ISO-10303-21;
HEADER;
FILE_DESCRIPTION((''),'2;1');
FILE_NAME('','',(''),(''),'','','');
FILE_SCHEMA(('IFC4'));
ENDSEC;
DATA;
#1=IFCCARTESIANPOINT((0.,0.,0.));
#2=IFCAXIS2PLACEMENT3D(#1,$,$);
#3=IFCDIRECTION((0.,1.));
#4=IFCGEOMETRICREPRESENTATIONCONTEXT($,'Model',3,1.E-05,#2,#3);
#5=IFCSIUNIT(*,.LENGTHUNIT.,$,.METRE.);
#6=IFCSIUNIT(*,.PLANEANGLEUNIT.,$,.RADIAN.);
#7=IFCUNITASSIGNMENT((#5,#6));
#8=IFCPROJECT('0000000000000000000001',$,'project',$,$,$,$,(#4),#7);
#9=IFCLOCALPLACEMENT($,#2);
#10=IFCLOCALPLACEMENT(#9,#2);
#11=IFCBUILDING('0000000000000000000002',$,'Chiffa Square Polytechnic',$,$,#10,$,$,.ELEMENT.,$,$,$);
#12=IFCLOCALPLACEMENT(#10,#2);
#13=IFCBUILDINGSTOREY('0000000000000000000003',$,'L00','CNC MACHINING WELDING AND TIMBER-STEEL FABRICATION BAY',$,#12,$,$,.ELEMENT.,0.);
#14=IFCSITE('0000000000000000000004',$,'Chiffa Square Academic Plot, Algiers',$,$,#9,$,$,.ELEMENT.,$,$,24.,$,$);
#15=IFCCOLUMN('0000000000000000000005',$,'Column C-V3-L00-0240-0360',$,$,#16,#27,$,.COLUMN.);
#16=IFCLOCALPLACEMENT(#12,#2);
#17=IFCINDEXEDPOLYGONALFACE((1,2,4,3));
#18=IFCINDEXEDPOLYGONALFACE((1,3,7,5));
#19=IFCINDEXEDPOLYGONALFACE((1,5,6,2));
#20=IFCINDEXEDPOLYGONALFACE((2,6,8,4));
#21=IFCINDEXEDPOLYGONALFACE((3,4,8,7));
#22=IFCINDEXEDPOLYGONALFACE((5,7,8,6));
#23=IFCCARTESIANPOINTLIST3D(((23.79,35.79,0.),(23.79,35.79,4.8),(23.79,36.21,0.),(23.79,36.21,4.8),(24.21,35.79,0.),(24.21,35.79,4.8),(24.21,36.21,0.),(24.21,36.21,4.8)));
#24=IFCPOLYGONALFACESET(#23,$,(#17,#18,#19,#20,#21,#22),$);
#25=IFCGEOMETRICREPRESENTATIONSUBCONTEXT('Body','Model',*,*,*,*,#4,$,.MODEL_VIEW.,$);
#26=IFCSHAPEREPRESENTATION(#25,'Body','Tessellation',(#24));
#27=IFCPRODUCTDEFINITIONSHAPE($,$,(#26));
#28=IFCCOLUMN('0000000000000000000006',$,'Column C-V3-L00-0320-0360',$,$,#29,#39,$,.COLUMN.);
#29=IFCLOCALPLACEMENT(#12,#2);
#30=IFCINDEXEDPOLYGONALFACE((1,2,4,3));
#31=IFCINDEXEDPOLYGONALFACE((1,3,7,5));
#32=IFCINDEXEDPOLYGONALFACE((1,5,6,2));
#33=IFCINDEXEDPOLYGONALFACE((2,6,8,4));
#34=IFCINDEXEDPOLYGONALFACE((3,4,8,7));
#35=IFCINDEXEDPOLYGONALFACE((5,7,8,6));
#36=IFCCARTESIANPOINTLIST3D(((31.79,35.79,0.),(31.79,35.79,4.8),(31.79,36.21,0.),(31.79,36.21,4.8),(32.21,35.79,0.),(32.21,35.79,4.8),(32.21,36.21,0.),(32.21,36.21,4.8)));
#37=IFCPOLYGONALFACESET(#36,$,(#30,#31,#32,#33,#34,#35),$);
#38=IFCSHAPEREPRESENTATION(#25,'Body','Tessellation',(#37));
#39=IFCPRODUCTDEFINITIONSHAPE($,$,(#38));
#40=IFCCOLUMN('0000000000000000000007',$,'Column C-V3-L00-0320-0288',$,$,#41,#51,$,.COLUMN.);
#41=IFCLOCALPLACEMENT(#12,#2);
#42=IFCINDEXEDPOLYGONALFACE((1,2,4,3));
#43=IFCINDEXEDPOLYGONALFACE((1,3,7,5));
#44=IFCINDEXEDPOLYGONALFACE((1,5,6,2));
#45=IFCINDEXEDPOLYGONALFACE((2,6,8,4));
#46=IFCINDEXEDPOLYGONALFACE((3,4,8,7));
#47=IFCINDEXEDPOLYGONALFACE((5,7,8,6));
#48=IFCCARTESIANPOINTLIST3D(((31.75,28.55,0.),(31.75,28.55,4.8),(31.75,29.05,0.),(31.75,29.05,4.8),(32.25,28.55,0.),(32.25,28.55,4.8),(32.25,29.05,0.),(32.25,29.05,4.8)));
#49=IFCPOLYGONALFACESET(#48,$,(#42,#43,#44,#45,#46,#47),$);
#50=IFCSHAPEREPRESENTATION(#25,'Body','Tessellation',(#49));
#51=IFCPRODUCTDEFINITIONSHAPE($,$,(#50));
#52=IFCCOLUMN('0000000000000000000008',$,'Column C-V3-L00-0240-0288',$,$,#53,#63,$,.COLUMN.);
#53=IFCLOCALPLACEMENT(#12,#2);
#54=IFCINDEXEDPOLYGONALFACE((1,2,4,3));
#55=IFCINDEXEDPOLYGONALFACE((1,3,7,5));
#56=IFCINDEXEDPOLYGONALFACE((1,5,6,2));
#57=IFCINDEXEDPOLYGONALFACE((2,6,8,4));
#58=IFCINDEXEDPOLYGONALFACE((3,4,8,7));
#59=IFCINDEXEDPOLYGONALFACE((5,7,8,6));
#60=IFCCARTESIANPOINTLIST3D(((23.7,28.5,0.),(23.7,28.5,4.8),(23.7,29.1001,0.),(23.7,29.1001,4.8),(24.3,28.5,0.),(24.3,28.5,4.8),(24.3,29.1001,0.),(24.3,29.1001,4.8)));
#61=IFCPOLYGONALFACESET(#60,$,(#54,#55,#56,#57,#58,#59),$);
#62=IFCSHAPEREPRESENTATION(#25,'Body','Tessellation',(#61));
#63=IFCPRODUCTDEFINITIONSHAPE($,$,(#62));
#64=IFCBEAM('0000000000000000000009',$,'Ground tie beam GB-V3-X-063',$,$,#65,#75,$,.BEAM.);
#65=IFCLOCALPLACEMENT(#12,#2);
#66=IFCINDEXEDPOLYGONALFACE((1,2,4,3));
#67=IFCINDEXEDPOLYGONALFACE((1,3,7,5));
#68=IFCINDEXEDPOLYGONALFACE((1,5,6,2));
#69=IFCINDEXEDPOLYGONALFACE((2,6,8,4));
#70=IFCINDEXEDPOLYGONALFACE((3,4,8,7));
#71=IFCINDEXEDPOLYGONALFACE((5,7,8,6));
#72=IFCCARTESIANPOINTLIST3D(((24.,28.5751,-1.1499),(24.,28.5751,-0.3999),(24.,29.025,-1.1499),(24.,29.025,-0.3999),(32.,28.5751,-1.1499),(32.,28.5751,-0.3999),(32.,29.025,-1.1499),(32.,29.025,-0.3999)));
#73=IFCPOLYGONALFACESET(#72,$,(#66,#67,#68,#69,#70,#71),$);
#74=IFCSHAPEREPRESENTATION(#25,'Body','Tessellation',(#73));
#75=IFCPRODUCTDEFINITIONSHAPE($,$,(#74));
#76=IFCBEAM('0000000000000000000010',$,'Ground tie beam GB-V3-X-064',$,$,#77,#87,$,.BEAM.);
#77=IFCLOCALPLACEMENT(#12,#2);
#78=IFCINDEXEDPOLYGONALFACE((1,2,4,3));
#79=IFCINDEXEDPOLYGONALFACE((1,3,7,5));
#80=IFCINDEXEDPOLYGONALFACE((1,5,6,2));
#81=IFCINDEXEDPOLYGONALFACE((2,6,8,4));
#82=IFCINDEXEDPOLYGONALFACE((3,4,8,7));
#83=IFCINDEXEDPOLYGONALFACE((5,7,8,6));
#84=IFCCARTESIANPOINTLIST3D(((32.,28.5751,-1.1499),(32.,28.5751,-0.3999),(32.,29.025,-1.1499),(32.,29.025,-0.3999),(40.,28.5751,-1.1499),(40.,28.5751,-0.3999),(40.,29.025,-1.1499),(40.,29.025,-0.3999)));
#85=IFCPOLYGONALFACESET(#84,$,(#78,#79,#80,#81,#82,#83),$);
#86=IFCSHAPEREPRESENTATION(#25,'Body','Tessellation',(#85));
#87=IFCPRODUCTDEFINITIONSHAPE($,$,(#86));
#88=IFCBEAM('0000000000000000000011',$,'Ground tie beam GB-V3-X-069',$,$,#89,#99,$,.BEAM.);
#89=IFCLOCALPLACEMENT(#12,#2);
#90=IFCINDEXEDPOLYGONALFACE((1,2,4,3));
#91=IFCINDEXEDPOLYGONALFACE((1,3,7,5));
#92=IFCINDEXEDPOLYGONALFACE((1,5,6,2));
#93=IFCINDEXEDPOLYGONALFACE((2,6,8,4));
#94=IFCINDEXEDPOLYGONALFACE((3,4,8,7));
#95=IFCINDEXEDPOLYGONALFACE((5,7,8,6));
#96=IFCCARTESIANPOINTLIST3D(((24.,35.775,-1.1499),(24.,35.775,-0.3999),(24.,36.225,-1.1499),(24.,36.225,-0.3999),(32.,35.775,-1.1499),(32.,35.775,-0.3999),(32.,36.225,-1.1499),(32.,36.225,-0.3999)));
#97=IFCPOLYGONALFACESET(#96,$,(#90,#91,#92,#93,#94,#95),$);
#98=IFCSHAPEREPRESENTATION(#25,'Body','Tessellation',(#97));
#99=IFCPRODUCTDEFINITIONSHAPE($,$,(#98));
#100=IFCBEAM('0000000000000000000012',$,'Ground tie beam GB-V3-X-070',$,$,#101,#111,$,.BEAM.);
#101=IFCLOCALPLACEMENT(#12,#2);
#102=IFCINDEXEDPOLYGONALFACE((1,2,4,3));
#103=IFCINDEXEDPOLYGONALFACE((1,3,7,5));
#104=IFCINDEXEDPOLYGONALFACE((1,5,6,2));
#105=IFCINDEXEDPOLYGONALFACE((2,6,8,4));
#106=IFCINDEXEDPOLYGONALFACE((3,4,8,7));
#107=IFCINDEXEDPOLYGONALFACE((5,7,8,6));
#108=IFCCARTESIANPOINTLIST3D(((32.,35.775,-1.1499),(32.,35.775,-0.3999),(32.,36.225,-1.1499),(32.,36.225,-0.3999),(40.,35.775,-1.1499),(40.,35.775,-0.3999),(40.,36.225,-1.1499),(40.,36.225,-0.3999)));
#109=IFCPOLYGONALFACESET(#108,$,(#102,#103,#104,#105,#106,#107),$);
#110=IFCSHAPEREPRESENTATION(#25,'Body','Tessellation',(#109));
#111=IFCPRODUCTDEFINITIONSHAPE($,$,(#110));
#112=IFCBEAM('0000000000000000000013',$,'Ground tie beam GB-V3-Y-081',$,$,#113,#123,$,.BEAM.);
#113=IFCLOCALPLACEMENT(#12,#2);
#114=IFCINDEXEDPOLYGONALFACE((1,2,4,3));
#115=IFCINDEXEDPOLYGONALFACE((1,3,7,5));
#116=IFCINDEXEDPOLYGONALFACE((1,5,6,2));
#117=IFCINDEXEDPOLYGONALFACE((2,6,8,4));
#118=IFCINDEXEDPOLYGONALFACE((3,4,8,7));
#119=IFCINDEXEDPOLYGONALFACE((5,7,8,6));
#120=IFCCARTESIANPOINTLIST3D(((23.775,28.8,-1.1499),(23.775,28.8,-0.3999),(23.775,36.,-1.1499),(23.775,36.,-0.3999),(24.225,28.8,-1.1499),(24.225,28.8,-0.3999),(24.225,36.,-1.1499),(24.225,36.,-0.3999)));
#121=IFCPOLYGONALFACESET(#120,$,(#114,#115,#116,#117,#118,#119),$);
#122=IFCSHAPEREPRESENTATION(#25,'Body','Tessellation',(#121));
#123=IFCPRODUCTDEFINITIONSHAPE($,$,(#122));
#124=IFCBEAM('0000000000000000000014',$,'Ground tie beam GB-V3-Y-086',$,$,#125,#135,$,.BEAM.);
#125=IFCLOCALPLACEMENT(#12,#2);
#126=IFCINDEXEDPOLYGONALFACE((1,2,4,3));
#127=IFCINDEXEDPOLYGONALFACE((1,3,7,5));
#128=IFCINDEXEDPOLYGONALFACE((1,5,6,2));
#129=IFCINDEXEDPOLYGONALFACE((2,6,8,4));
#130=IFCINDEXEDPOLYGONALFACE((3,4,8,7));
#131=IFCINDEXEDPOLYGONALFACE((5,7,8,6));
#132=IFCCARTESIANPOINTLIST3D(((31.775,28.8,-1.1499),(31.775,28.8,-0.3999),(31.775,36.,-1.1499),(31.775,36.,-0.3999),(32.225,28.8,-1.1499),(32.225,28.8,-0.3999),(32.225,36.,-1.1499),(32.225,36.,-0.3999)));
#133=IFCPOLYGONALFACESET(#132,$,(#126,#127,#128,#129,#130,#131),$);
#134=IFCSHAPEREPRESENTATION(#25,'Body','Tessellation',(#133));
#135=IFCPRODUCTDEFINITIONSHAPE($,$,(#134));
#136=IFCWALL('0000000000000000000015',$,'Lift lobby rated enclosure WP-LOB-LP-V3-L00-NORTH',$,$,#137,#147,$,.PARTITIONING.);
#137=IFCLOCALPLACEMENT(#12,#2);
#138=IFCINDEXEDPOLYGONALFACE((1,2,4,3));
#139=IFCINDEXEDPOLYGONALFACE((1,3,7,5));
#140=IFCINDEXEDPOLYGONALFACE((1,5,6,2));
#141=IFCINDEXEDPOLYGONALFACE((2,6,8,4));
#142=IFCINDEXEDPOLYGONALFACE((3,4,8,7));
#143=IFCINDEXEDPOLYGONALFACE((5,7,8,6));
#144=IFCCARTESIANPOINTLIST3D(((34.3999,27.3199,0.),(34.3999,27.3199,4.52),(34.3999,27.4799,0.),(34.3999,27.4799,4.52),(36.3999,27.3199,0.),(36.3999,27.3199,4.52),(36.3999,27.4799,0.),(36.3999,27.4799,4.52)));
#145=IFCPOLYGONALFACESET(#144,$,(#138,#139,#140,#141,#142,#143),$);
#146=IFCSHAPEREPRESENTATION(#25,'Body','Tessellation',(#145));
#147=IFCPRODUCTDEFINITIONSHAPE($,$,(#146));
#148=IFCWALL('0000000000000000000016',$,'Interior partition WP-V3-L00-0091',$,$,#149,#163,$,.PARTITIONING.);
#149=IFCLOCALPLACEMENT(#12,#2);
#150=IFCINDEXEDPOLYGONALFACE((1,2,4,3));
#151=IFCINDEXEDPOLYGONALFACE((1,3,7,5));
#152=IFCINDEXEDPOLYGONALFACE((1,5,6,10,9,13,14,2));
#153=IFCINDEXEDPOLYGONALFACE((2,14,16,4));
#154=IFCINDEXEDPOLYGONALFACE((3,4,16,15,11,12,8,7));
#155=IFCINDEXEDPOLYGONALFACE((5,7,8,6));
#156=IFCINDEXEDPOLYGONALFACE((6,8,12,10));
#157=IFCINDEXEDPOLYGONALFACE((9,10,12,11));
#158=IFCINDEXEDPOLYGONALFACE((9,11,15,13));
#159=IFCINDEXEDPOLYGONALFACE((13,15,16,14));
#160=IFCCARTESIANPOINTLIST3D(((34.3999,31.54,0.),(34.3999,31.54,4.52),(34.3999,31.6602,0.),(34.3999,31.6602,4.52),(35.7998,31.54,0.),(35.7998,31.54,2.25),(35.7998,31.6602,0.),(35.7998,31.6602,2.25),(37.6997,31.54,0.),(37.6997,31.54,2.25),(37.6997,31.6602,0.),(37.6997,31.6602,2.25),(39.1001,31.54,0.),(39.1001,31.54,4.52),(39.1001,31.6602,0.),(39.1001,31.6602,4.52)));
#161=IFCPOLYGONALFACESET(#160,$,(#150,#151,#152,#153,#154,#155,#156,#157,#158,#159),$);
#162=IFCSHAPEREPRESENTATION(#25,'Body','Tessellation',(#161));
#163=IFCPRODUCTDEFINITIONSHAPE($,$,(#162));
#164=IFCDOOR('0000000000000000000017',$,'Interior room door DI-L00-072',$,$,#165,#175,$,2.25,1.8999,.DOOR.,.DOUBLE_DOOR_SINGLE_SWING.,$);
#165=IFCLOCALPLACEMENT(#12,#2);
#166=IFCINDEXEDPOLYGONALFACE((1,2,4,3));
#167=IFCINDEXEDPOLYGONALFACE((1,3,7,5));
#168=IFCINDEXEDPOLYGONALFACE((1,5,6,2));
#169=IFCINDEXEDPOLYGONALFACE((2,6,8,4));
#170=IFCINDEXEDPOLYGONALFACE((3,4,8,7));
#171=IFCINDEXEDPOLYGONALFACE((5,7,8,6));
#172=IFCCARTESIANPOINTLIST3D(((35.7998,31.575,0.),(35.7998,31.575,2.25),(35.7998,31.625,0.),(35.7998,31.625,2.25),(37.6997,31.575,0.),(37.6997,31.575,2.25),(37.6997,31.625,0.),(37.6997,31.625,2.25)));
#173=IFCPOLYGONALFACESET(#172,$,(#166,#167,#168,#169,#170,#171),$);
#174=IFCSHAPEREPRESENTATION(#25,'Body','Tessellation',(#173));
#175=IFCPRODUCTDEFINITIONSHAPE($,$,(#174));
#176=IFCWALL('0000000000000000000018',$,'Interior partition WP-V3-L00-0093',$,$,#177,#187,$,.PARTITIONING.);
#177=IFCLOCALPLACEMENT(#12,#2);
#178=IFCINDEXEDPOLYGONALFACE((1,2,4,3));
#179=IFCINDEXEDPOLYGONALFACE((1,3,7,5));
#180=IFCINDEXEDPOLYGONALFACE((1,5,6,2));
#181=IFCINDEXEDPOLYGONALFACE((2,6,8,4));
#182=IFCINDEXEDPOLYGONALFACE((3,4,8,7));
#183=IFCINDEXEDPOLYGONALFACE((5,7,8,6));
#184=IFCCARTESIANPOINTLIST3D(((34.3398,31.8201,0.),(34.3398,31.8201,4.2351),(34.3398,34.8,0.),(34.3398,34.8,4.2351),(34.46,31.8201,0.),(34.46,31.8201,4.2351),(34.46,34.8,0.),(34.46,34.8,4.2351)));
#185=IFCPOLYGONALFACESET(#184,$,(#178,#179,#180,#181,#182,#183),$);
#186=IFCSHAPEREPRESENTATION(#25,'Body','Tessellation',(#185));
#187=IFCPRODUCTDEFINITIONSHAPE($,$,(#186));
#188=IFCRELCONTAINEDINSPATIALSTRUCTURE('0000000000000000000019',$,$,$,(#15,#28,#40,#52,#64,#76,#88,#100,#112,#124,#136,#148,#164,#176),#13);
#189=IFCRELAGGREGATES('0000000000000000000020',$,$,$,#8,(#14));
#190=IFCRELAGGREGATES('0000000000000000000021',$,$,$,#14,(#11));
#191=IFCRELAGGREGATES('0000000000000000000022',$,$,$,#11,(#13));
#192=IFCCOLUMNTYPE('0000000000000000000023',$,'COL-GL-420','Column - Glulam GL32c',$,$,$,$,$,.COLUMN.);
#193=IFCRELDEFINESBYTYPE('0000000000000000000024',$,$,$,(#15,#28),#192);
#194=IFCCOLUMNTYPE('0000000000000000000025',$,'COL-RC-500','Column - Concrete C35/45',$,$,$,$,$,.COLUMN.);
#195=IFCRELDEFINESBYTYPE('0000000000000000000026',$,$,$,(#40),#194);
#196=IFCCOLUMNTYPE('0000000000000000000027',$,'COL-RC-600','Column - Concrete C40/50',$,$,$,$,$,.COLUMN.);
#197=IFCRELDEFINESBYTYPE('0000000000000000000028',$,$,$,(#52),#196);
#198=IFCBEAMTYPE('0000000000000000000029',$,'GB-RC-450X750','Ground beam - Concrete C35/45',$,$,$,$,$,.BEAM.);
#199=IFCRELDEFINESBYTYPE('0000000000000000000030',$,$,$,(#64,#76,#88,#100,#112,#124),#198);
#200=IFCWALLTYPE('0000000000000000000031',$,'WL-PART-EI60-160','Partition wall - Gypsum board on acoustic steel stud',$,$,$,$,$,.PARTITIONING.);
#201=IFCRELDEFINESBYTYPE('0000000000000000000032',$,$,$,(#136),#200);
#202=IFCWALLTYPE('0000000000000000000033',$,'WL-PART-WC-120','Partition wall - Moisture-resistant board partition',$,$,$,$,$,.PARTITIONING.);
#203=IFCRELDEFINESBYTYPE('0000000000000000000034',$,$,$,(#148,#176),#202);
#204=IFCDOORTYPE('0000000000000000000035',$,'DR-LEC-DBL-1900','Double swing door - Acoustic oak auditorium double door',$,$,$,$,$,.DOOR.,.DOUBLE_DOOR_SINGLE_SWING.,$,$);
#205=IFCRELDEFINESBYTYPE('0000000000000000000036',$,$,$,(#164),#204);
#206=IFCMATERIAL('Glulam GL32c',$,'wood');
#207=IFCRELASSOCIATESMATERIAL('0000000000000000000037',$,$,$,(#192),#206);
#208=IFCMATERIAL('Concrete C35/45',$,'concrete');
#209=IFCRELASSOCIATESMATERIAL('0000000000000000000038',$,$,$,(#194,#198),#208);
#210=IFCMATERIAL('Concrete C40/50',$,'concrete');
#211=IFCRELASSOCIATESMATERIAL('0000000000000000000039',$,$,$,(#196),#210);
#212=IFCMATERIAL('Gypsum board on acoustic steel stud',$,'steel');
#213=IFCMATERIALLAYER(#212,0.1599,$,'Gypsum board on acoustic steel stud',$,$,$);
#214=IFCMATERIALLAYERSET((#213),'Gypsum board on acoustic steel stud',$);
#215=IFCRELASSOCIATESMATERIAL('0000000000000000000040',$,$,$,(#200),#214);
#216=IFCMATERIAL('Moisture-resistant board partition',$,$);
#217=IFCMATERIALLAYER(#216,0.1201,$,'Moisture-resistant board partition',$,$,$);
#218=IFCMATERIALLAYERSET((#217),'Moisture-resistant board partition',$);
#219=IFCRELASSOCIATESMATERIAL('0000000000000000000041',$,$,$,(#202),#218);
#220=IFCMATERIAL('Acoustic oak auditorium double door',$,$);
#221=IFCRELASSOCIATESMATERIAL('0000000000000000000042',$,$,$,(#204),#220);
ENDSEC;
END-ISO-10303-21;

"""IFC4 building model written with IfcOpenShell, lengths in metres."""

from ifc_helpers import new_model, si_unit, direction, frame, frame_2d, origin, origin_2d, place, context, subcontext, project, spatial, rectangle, extrude, material, layer, layer_set, material_profile, profile_set, type_object, element, fill, save


model = new_model("IFC4")

# Units and contexts
model_context = context("Model", 3, precision=1e-05, world=origin(), true_north=direction((0.0, 1.0)))
body_context = subcontext(model_context, "Body", "Model", "MODEL_VIEW")
ifc_project = project(units=[si_unit("LENGTHUNIT", "METRE"), si_unit("PLANEANGLEUNIT", "RADIAN")], contexts=[model_context])

# Site, building, storey
site_placement = place(None, origin())
site = spatial("IfcSite", under=ifc_project, at=site_placement, Name="Chiffa Square Academic Plot, Algiers", CompositionType="ELEMENT", RefElevation=24.0)
building_placement = place(site_placement, origin())
building = spatial("IfcBuilding", under=site, at=building_placement, Name="Chiffa Square Polytechnic", CompositionType="ELEMENT")
storey_placement = place(building_placement, origin())
storey = spatial("IfcBuildingStorey", under=building, at=storey_placement, Name="L00", Description="CNC MACHINING WELDING AND TIMBER-STEEL FABRICATION BAY", CompositionType="ELEMENT", Elevation=0.0)

# Columns
ifc_material_1 = material(Name="Glulam GL32c", Category="wood")
ifc_material_profile_1 = material_profile(ifc_material_1, rectangle(XDim=0.4199, YDim=0.4199, at=origin_2d()), Name="GL32c 420x420")
ifc_profile_set_1 = profile_set([ifc_material_profile_1], Name="Glulam GL32c")
column_type_1 = type_object("IfcColumnType", Name="COL-GL-420", Description="Column - Glulam GL32c", PredefinedType="COLUMN", material=ifc_profile_set_1)
for number, where, z_axis, x_axis, name in (
    (1, (24.0, 36.0, 0.0), (0.0, 0.0, 1.0), (1.0, 0.0, 0.0), "Column C-V3-L00-0240-0360"),
    (2, (32.0, 36.0, 0.0), (0.0, 0.0, 1.0), (1.0, 0.0, 0.0), "Column C-V3-L00-0320-0360"),
):
    element("IfcColumn", number, at=place(storey_placement, frame(where, z_axis=z_axis, x_axis=x_axis)), inside=storey, type_object=column_type_1, Name=name, PredefinedType="COLUMN", context=body_context, shape_type="SweptSolid", body=[
        extrude(rectangle(XDim=0.4199, YDim=0.4199, at=origin_2d()), origin(), (0.0, 0.0, 1.0), 4.8),
    ])
ifc_material_2 = material(Name="Concrete C35/45", Category="concrete")
ifc_material_profile_2 = material_profile(ifc_material_2, rectangle(XDim=0.5, YDim=0.5, at=origin_2d()), Name="RC 500x500")
ifc_profile_set_2 = profile_set([ifc_material_profile_2], Name="Concrete C35/45")
column_type_2 = type_object("IfcColumnType", Name="COL-RC-500", Description="Column - Concrete C35/45", PredefinedType="COLUMN", material=ifc_profile_set_2)
column_1_placement = place(storey_placement, frame((32.0, 28.8, 0.0), z_axis=(0.0, 0.0, 1.0), x_axis=(1.0, 0.0, 0.0)))
element("IfcColumn", 3, at=column_1_placement, inside=storey, type_object=column_type_2, Name="Column C-V3-L00-0320-0288", PredefinedType="COLUMN", context=body_context, shape_type="SweptSolid", body=[
    extrude(rectangle(XDim=0.5, YDim=0.5, at=origin_2d()), origin(), (0.0, 0.0, 1.0), 4.8),
])
ifc_material_3 = material(Name="Concrete C40/50", Category="concrete")
ifc_material_profile_3 = material_profile(ifc_material_3, rectangle(XDim=0.6001, YDim=0.6001, at=origin_2d()), Name="RC 600x600")
ifc_profile_set_3 = profile_set([ifc_material_profile_3], Name="Concrete C40/50")
column_type_3 = type_object("IfcColumnType", Name="COL-RC-600", Description="Column - Concrete C40/50", PredefinedType="COLUMN", material=ifc_profile_set_3)
column_2_placement = place(storey_placement, frame((24.0, 28.8, 0.0), z_axis=(0.0, 0.0, 1.0), x_axis=(1.0, 0.0, 0.0)))
element("IfcColumn", 4, at=column_2_placement, inside=storey, type_object=column_type_3, Name="Column C-V3-L00-0240-0288", PredefinedType="COLUMN", context=body_context, shape_type="SweptSolid", body=[
    extrude(rectangle(XDim=0.6001, YDim=0.6001, at=origin_2d()), origin(), (0.0, 0.0, 1.0), 4.8),
])

# Beams
ifc_material_profile_4 = material_profile(ifc_material_2, rectangle(XDim=0.45, YDim=0.75, at=origin_2d()), Name="RC 450x750")
ifc_profile_set_4 = profile_set([ifc_material_profile_4], Name="Concrete C35/45")
beam_type = type_object("IfcBeamType", Name="GB-RC-450X750", Description="Ground beam - Concrete C35/45", PredefinedType="BEAM", material=ifc_profile_set_4)
for number, where, z_axis, x_axis, name in (
    (5, (24.0, 28.8, -0.7749), (1.0, 0.0, 0.0), (0.0, 1.0, 0.0), "Ground tie beam GB-V3-X-063"),
    (6, (32.0, 28.8, -0.7749), (1.0, 0.0, 0.0), (0.0, 1.0, 0.0), "Ground tie beam GB-V3-X-064"),
    (7, (24.0, 36.0, -0.7749), (1.0, 0.0, 0.0), (0.0, 1.0, 0.0), "Ground tie beam GB-V3-X-069"),
    (8, (32.0, 36.0, -0.7749), (1.0, 0.0, 0.0), (0.0, 1.0, 0.0), "Ground tie beam GB-V3-X-070"),
):
    element("IfcBeam", number, at=place(storey_placement, frame(where, z_axis=z_axis, x_axis=x_axis)), inside=storey, type_object=beam_type, Name=name, PredefinedType="BEAM", context=body_context, shape_type="SweptSolid", body=[
        extrude(rectangle(XDim=0.45, YDim=0.75, at=origin_2d()), origin(), (0.0, 0.0, 1.0), 8.0),
    ])
for number, where, z_axis, x_axis, name in (
    (9, (24.0, 28.8, -0.7749), (0.0, 1.0, 0.0), (-1.0, 0.0, 0.0), "Ground tie beam GB-V3-Y-081"),
    (10, (32.0, 28.8, -0.7749), (0.0, 1.0, 0.0), (-1.0, 0.0, 0.0), "Ground tie beam GB-V3-Y-086"),
):
    element("IfcBeam", number, at=place(storey_placement, frame(where, z_axis=z_axis, x_axis=x_axis)), inside=storey, type_object=beam_type, Name=name, PredefinedType="BEAM", context=body_context, shape_type="SweptSolid", body=[
        extrude(rectangle(XDim=0.45, YDim=0.75, at=origin_2d()), origin(), (0.0, 0.0, 1.0), 7.2),
    ])

# Wall
ifc_material_4 = material(Name="Gypsum board on acoustic steel stud", Category="steel")
ifc_layer_1 = layer(ifc_material_4, 0.1599, Name="Gypsum board on acoustic steel stud")
ifc_layer_set_1 = layer_set([ifc_layer_1], Name="Gypsum board on acoustic steel stud")
wall_type_1 = type_object("IfcWallType", Name="WL-PART-EI60-160", Description="Partition wall - Gypsum board on acoustic steel stud", PredefinedType="PARTITIONING", material=ifc_layer_set_1)
wall_1_placement = place(storey_placement, frame((34.3999, 27.3999, 0.0), z_axis=(0.0, 0.0, 1.0), x_axis=(1.0, 0.0, 0.0)))
element("IfcWall", 11, at=wall_1_placement, inside=storey, type_object=wall_type_1, Name="Lift lobby rated enclosure WP-LOB-LP-V3-L00-NORTH", PredefinedType="PARTITIONING", context=body_context, shape_type="SweptSolid", body=[
    extrude(rectangle(XDim=2.0, YDim=0.1599, at=frame_2d((1.0, 0.0))), origin(), (0.0, 0.0, 1.0), 4.52),
])

# Wall, opening, door
ifc_material_5 = material(Name="Moisture-resistant board partition")
ifc_layer_2 = layer(ifc_material_5, 0.1201, Name="Moisture-resistant board partition")
ifc_layer_set_2 = layer_set([ifc_layer_2], Name="Moisture-resistant board partition")
wall_type_2 = type_object("IfcWallType", Name="WL-PART-WC-120", Description="Partition wall - Moisture-resistant board partition", PredefinedType="PARTITIONING", material=ifc_layer_set_2)
wall_2_placement = place(storey_placement, frame((34.3999, 31.6001, 0.0), z_axis=(0.0, 0.0, 1.0), x_axis=(1.0, 0.0, 0.0)))
wall_2 = element("IfcWall", 12, at=wall_2_placement, inside=storey, type_object=wall_type_2, Name="Interior partition WP-V3-L00-0091", PredefinedType="PARTITIONING", context=body_context, shape_type="SweptSolid", body=[
    extrude(rectangle(XDim=4.7002, YDim=0.1201, at=frame_2d((2.3501, 0.0))), origin(), (0.0, 0.0, 1.0), 4.52),
])
opening_1_placement = place(wall_2_placement, frame((1.3999, 0.0, 0.0)))
opening_1 = element("IfcOpeningElement", 13, at=opening_1_placement, cuts=wall_2, PredefinedType="OPENING", context=body_context, shape_type="SweptSolid", body=[
    extrude(rectangle(XDim=1.8999, YDim=2.25, at=frame_2d((0.95, 1.125))), frame((0.0, 0.0701, 0.0), z_axis=(0.0, -1.0, 0.0), x_axis=(1.0, 0.0, 0.0)), (0.0, 0.0, 1.0), 0.1401),
])
ifc_material_6 = material(Name="Acoustic oak auditorium double door")
door_type = type_object("IfcDoorType", Name="DR-LEC-DBL-1900", Description="Double swing door - Acoustic oak auditorium double door", OperationType="DOUBLE_DOOR_SINGLE_SWING", PredefinedType="DOOR", material=ifc_material_6)
door_1_placement = place(opening_1_placement, origin())
door_1 = element("IfcDoor", 14, at=door_1_placement, inside=storey, type_object=door_type, Name="Interior room door DI-L00-072", OperationType="DOUBLE_DOOR_SINGLE_SWING", OverallHeight=2.25, OverallWidth=1.8999, PredefinedType="DOOR", context=body_context, shape_type="SweptSolid", body=[
    extrude(rectangle(XDim=1.8999, YDim=2.25, at=frame_2d((0.95, 1.125))), frame((0.0, 0.0249, 0.0), z_axis=(0.0, -1.0, 0.0), x_axis=(1.0, 0.0, 0.0)), (0.0, 0.0, 1.0), 0.05),
])
fill(opening_1, door_1)

# Wall
wall_3_placement = place(storey_placement, frame((34.3999, 31.8201, 0.0), z_axis=(0.0, 0.0, 1.0), x_axis=(0.0, 1.0, 0.0)))
element("IfcWall", 15, at=wall_3_placement, inside=storey, type_object=wall_type_2, Name="Interior partition WP-V3-L00-0093", PredefinedType="PARTITIONING", context=body_context, shape_type="SweptSolid", body=[
    extrude(rectangle(XDim=2.98, YDim=0.1201, at=frame_2d((1.49, 0.0))), origin(), (0.0, 0.0, 1.0), 4.2351),
])

save(model, "model.ifc")
